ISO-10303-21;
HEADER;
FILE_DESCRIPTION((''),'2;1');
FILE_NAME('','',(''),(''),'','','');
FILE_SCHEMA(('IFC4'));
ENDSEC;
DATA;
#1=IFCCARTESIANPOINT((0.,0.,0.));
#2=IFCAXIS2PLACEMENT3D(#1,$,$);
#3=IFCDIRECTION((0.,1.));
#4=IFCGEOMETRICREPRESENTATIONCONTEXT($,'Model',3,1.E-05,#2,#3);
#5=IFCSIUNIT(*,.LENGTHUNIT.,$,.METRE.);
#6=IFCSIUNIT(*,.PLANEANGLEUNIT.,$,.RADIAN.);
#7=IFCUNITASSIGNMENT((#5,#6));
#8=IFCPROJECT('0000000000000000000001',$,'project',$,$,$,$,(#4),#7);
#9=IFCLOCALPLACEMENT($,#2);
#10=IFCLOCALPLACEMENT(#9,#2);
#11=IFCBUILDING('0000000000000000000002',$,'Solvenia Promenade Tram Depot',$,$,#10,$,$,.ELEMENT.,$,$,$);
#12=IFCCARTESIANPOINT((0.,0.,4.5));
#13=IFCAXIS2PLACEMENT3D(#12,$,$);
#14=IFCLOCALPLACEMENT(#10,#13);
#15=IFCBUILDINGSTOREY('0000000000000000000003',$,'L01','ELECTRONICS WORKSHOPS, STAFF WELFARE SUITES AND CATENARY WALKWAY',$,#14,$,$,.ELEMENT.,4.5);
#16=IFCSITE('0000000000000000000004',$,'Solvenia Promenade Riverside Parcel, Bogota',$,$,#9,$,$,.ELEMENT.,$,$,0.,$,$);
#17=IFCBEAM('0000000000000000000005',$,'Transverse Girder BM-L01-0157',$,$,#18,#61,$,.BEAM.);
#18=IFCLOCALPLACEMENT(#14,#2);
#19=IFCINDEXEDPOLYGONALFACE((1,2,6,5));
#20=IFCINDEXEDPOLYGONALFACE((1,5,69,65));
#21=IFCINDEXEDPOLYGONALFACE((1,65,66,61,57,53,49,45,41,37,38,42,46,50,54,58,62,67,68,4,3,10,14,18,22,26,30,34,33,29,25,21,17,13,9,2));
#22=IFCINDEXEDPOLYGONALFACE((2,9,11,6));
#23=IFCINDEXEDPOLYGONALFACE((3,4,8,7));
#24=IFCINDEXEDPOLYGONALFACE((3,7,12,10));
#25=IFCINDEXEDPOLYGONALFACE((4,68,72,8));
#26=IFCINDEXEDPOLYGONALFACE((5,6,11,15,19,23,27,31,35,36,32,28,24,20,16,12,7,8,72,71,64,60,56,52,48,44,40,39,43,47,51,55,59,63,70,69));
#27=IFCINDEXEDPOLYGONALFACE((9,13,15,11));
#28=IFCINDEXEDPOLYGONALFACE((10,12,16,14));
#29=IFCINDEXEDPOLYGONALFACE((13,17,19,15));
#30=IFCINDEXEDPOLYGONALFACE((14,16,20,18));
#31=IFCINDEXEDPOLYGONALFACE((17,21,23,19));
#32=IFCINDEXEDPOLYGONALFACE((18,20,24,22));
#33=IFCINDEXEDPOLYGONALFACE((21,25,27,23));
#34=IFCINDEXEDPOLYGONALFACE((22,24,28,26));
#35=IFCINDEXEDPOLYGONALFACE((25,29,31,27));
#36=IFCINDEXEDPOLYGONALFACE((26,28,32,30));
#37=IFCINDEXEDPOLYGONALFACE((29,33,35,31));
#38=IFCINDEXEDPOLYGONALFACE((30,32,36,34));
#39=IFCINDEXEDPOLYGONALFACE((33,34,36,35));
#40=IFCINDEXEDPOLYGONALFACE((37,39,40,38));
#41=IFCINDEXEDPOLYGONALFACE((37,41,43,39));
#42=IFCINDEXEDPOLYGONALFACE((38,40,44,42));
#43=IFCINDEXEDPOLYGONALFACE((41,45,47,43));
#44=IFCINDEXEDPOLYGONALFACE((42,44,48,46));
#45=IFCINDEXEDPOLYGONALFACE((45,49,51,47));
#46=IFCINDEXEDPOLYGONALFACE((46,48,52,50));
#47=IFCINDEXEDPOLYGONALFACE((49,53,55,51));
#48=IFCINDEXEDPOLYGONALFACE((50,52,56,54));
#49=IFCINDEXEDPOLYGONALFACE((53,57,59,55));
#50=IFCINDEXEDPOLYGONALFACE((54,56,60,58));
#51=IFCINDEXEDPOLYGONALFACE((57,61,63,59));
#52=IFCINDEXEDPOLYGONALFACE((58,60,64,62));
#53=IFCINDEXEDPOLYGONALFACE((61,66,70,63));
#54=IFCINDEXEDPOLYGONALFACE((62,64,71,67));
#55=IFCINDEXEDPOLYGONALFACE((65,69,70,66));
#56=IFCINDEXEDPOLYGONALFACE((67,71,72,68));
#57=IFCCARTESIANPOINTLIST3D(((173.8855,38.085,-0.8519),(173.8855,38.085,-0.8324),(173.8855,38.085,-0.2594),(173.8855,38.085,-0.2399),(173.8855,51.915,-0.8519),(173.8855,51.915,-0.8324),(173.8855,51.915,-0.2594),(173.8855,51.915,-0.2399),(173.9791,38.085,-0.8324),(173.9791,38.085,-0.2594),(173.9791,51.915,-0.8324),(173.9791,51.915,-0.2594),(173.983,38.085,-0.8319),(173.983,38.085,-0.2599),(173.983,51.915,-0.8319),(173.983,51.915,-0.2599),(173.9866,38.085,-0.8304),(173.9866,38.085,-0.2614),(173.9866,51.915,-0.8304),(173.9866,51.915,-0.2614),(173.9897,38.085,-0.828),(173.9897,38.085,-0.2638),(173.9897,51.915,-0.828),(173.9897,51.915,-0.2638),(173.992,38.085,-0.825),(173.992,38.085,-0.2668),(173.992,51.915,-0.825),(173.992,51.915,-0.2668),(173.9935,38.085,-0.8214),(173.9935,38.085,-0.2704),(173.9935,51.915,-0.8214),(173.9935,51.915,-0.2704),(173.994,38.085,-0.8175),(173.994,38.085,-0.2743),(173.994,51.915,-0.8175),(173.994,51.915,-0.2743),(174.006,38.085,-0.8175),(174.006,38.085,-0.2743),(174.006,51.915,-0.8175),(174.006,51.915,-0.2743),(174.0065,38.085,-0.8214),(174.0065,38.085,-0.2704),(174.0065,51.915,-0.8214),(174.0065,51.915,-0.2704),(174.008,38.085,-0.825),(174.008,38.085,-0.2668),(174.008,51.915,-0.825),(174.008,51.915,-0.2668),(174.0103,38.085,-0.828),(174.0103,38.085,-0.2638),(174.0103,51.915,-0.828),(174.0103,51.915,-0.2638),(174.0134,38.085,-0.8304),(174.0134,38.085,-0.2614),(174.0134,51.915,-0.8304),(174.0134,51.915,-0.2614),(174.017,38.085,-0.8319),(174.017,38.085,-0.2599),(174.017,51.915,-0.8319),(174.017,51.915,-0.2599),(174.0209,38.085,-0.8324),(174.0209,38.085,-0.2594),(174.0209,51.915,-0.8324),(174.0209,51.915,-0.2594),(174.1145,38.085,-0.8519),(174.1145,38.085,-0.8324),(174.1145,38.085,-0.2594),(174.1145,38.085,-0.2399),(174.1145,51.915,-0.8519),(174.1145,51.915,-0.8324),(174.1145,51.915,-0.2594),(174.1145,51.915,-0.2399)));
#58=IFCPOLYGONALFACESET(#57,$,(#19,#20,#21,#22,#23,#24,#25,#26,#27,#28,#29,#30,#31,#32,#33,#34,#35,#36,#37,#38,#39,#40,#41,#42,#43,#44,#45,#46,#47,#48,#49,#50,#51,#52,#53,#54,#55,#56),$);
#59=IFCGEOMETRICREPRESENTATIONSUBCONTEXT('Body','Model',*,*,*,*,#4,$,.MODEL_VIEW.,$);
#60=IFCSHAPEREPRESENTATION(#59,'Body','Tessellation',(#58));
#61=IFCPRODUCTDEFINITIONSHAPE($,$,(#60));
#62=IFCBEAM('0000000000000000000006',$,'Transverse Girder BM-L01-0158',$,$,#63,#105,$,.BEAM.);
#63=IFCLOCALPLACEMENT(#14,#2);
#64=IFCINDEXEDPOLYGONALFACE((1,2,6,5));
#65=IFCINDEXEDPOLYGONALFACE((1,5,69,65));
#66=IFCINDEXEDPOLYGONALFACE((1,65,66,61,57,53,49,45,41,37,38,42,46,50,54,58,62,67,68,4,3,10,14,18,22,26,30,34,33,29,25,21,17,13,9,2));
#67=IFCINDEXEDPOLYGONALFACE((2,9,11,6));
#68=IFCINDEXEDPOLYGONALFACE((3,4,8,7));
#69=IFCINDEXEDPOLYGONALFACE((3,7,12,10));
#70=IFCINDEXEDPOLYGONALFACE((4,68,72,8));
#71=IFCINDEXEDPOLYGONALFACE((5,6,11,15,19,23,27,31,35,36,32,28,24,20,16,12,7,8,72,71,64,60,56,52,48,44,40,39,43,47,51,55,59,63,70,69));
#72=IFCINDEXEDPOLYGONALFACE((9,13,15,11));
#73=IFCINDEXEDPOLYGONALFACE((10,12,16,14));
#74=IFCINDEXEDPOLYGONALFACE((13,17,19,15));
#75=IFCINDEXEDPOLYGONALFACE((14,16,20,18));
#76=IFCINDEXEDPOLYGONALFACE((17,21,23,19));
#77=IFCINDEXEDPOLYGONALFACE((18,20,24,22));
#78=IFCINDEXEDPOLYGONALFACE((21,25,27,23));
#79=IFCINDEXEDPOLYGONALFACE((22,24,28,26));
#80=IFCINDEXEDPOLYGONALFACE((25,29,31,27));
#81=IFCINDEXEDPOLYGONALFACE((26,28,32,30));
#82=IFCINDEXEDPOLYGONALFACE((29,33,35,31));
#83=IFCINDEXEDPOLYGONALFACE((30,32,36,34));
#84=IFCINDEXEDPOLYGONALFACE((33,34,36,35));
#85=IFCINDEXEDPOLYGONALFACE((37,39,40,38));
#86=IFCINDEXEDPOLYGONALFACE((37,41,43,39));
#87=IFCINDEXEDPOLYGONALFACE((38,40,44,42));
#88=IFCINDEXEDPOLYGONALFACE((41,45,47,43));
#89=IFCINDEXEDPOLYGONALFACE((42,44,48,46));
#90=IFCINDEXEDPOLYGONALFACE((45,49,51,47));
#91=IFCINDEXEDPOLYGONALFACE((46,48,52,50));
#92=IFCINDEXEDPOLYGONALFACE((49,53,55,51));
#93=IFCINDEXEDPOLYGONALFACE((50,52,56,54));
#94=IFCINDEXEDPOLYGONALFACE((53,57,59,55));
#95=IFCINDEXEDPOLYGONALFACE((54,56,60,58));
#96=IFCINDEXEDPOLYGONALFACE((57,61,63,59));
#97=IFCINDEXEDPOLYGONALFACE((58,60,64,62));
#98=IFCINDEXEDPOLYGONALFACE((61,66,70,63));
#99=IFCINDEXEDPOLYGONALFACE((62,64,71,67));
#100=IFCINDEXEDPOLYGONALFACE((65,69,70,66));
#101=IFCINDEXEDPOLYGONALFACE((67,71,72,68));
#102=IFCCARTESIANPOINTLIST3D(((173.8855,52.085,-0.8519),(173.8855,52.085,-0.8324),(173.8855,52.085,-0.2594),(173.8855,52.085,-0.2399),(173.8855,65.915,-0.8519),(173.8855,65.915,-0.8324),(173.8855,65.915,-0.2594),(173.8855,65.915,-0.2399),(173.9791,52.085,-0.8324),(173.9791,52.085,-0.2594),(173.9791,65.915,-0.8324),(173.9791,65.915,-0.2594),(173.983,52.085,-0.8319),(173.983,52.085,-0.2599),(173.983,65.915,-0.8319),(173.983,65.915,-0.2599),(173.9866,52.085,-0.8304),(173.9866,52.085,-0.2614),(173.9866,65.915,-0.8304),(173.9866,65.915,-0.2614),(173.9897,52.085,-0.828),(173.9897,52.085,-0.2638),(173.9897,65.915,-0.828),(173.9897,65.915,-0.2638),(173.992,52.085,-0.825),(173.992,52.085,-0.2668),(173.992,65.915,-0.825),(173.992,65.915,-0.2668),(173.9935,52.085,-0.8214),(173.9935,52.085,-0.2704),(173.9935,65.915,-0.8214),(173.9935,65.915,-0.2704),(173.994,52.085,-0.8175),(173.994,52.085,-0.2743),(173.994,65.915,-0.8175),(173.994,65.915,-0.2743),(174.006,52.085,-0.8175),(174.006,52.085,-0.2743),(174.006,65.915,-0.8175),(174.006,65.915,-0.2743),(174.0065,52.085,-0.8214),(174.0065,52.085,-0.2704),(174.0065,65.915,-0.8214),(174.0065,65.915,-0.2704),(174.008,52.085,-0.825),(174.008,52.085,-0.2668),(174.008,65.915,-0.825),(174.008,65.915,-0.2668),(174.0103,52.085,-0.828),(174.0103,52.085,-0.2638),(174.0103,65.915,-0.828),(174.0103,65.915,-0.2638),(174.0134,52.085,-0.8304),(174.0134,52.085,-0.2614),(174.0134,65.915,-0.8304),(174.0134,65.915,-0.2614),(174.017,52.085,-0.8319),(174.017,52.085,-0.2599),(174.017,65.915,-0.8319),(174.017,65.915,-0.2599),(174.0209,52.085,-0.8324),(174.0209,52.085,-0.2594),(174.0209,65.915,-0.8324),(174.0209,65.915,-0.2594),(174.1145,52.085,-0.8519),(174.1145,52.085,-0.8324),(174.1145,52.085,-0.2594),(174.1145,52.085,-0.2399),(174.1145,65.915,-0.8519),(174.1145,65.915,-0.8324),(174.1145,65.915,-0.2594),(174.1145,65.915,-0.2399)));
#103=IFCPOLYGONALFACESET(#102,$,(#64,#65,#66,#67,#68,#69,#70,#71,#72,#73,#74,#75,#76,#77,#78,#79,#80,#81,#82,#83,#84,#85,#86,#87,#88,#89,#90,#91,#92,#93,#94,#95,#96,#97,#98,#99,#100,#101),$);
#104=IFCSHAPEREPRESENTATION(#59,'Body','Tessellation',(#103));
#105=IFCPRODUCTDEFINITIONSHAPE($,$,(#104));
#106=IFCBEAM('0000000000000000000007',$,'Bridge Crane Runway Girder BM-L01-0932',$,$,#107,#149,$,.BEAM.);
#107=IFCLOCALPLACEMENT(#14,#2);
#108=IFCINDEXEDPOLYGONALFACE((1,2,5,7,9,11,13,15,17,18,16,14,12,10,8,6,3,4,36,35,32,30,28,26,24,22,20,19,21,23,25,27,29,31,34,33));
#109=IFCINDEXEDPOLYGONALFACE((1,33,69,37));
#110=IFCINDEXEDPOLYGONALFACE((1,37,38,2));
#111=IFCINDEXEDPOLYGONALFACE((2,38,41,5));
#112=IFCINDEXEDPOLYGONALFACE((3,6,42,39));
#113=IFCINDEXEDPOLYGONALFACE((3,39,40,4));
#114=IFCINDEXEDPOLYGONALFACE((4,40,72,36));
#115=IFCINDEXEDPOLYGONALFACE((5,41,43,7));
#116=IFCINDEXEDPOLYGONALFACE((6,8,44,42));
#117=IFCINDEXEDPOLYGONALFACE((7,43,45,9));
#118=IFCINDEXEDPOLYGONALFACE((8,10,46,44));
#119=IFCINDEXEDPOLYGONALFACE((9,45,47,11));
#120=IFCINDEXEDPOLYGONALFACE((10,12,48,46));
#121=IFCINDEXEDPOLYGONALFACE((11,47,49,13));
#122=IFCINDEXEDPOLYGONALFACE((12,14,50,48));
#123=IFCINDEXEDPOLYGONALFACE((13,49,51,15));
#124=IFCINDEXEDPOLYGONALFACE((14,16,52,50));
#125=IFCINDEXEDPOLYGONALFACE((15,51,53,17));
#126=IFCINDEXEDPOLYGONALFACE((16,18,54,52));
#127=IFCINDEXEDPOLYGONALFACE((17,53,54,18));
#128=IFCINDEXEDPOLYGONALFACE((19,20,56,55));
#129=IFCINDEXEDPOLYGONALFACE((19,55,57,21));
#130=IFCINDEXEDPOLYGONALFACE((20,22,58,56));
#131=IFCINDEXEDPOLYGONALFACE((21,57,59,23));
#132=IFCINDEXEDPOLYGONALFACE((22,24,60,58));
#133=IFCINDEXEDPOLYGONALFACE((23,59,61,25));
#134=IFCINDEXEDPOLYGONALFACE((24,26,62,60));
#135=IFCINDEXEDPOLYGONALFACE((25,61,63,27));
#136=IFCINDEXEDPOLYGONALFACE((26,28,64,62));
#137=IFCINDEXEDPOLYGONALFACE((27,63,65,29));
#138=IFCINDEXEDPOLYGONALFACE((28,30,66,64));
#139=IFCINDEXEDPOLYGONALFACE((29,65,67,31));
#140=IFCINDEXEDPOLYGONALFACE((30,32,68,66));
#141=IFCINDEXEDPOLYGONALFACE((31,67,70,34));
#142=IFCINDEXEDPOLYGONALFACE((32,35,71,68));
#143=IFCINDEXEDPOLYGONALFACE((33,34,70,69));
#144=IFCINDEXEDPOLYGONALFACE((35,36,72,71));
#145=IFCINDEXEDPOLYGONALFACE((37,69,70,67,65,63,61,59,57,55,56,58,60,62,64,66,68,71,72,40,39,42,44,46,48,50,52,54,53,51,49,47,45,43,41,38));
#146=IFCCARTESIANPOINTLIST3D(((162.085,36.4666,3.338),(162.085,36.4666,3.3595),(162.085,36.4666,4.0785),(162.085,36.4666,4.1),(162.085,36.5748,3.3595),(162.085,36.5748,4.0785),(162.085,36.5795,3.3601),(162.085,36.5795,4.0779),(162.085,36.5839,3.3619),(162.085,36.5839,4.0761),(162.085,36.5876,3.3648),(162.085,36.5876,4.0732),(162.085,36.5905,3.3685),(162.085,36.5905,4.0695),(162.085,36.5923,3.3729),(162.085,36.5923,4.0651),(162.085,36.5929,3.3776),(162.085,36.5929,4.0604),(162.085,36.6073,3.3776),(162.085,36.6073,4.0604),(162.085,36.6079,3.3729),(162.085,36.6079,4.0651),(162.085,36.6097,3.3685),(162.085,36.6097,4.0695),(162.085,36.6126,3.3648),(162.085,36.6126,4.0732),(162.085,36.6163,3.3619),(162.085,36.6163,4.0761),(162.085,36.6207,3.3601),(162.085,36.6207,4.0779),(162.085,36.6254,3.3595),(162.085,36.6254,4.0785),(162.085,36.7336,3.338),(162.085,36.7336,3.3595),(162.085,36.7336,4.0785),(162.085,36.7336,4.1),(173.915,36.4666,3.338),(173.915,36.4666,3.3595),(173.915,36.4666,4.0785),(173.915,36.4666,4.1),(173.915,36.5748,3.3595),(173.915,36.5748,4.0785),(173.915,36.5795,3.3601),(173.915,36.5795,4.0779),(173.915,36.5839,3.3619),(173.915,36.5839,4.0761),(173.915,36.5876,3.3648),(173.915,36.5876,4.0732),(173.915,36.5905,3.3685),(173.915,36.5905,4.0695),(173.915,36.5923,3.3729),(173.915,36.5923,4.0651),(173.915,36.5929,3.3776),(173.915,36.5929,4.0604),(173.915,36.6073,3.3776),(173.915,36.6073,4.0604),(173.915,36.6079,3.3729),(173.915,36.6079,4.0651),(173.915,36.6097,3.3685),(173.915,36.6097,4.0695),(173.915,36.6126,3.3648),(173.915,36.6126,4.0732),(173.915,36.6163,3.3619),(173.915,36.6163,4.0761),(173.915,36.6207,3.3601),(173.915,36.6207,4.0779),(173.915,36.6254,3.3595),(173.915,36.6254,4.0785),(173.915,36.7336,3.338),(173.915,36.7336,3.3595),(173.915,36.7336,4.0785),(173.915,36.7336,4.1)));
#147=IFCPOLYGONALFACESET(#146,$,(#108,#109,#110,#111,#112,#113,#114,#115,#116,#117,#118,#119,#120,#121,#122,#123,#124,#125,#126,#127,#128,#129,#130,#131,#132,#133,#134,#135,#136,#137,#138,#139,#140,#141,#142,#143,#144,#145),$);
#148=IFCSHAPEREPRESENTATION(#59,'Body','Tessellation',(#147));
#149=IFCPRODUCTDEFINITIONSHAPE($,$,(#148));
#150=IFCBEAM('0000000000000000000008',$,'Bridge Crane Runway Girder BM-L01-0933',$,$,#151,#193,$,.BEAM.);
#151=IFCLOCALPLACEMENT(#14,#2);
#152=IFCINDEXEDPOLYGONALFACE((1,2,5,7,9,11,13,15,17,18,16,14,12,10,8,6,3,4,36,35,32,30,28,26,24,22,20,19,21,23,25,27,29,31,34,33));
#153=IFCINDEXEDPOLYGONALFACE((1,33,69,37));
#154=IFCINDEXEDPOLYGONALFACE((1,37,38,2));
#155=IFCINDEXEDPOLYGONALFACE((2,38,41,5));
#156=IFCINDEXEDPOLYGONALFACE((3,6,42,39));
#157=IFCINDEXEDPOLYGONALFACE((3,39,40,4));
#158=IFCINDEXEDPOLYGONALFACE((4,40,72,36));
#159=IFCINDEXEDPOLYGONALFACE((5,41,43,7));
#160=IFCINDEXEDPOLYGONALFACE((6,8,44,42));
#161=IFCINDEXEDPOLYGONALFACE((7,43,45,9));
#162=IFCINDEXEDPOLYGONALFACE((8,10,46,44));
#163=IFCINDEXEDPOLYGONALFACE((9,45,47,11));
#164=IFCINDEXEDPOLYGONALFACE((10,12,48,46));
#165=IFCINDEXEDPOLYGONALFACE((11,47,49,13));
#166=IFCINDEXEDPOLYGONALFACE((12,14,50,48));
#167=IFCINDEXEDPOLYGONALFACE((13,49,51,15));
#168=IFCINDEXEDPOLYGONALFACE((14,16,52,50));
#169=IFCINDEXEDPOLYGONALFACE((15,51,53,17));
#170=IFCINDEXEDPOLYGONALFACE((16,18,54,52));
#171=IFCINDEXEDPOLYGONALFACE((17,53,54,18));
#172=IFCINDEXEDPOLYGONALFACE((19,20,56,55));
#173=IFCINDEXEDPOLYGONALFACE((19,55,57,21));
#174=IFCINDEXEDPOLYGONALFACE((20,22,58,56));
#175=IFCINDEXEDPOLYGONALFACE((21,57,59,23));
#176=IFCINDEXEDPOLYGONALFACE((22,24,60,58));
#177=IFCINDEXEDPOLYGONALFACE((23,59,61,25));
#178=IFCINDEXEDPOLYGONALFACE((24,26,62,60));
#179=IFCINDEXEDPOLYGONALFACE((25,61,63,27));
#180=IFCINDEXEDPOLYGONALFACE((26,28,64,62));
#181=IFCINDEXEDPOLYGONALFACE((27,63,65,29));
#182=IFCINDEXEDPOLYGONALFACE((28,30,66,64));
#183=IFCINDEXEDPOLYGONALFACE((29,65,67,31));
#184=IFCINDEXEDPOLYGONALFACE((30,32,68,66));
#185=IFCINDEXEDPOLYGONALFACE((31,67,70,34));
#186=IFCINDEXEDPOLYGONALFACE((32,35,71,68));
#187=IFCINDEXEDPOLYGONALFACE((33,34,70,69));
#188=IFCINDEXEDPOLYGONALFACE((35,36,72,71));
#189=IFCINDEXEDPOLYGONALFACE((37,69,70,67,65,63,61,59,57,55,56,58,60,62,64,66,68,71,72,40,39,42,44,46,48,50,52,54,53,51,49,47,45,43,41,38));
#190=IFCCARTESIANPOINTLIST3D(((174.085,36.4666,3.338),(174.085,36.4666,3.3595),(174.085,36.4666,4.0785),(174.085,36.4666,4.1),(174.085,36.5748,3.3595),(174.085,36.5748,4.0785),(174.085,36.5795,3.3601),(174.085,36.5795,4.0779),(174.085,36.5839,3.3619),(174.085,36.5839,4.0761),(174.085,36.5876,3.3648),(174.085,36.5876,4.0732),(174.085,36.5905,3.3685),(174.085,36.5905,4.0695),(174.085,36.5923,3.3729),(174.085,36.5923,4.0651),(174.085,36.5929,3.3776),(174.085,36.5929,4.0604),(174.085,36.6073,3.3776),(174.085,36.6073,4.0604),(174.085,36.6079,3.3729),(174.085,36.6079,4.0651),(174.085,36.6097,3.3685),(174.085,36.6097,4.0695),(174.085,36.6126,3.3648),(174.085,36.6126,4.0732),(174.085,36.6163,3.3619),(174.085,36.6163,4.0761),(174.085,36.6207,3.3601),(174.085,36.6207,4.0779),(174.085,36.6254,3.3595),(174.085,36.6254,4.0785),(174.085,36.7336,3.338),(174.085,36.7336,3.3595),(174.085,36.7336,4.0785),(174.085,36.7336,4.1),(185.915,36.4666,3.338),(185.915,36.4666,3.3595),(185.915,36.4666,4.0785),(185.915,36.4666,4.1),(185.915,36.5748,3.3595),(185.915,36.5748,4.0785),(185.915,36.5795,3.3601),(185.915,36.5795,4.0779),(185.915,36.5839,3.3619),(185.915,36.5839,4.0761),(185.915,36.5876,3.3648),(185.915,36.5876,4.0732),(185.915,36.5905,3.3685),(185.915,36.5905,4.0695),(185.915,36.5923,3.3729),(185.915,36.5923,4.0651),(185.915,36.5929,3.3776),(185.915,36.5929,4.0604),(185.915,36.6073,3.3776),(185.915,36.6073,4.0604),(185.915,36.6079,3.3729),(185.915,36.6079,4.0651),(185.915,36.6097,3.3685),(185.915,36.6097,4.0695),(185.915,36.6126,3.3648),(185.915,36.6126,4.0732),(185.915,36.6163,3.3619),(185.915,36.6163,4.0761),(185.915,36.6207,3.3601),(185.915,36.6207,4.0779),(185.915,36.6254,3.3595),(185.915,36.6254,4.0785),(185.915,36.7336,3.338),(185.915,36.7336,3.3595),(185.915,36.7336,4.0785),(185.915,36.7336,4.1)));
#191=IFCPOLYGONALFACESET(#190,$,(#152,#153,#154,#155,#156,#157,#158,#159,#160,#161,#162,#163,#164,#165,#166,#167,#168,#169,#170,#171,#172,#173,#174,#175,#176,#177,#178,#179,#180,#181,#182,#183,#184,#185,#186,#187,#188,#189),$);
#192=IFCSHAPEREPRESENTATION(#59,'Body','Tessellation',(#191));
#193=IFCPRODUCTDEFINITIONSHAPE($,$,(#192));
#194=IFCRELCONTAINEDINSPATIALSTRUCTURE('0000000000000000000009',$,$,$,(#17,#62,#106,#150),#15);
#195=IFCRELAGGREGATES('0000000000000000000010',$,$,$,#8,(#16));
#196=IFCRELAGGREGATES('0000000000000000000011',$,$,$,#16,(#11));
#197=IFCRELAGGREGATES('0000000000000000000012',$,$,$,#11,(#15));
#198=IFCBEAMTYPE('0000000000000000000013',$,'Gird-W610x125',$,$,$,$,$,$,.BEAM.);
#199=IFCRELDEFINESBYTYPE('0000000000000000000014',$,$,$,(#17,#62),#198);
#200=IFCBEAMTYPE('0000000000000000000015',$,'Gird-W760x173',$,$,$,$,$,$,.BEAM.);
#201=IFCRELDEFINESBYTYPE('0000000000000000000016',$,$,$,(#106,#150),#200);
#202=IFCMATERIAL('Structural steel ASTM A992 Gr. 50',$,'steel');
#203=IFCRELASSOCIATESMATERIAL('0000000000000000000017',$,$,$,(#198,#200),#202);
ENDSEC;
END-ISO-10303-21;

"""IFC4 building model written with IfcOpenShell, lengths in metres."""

from ifc_helpers import new_model, si_unit, direction, frame, origin, origin_2d, place, context, subcontext, project, spatial, i_section, extrude, material, material_profile, profile_set, type_object, element, save


model = new_model("IFC4")

# Units and contexts
model_context = context("Model", 3, precision=1e-05, world=origin(), true_north=direction((0.0, 1.0)))
body_context = subcontext(model_context, "Body", "Model", "MODEL_VIEW")
ifc_project = project(units=[si_unit("LENGTHUNIT", "METRE"), si_unit("PLANEANGLEUNIT", "RADIAN")], contexts=[model_context])

# Site, building, storey
site_placement = place(None, origin())
site = spatial("IfcSite", under=ifc_project, at=site_placement, Name="Solvenia Promenade Riverside Parcel, Bogota", CompositionType="ELEMENT", RefElevation=0.0)
building_placement = place(site_placement, origin())
building = spatial("IfcBuilding", under=site, at=building_placement, Name="Solvenia Promenade Tram Depot", CompositionType="ELEMENT")
storey_placement = place(building_placement, frame((0.0, 0.0, 4.5)))
storey = spatial("IfcBuildingStorey", under=building, at=storey_placement, Name="L01", Description="ELECTRONICS WORKSHOPS, STAFF WELFARE SUITES AND CATENARY WALKWAY", CompositionType="ELEMENT", Elevation=4.5)

# Shared definitions
ifc_material_1 = material(Name="Structural steel ASTM A992 Gr. 50", Category="steel")

# Beams
ifc_material_profile_1 = material_profile(ifc_material_1, i_section(OverallWidth=0.229, OverallDepth=0.6121, WebThickness=0.012, FlangeThickness=0.0195, FilletRadius=0.0149, at=origin_2d()), Name="W610x125", Category="steel")
ifc_profile_set_1 = profile_set([ifc_material_profile_1], Name="Structural steel ASTM A992 Gr. 50")
beam_type_1 = type_object("IfcBeamType", Name="Gird-W610x125", PredefinedType="BEAM", material=ifc_profile_set_1)
for number, where, z_axis, x_axis, name in (
    (1, (174.0, 38.085, -0.5459), (0.0, 1.0, 0.0), (-1.0, 0.0, 0.0), "Transverse Girder BM-L01-0157"),
    (2, (174.0, 52.085, -0.5459), (0.0, 1.0, 0.0), (-1.0, 0.0, 0.0), "Transverse Girder BM-L01-0158"),
):
    element("IfcBeam", number, at=place(storey_placement, frame(where, z_axis=z_axis, x_axis=x_axis)), inside=storey, type_object=beam_type_1, Name=name, PredefinedType="BEAM", context=body_context, shape_type="SweptSolid", body=[
        extrude(i_section(OverallWidth=0.229, OverallDepth=0.6121, WebThickness=0.012, FlangeThickness=0.0195, FilletRadius=0.0149, at=origin_2d()), origin(), (0.0, 0.0, 1.0), 13.8301),
    ])
ifc_material_profile_2 = material_profile(ifc_material_1, i_section(OverallWidth=0.2671, OverallDepth=0.762, WebThickness=0.0144, FlangeThickness=0.0215, FilletRadius=0.0181, at=origin_2d()), Name="W760x173", Category="steel")
ifc_profile_set_2 = profile_set([ifc_material_profile_2], Name="Structural steel ASTM A992 Gr. 50")
beam_type_2 = type_object("IfcBeamType", Name="Gird-W760x173", PredefinedType="BEAM", material=ifc_profile_set_2)
for number, where, z_axis, x_axis, name in (
    (3, (162.085, 36.6001, 3.719), (1.0, 0.0, 0.0), (0.0, 1.0, 0.0), "Bridge Crane Runway Girder BM-L01-0932"),
    (4, (174.085, 36.6001, 3.719), (1.0, 0.0, 0.0), (0.0, 1.0, 0.0), "Bridge Crane Runway Girder BM-L01-0933"),
):
    element("IfcBeam", number, at=place(storey_placement, frame(where, z_axis=z_axis, x_axis=x_axis)), inside=storey, type_object=beam_type_2, Name=name, PredefinedType="BEAM", context=body_context, shape_type="SweptSolid", body=[
        extrude(i_section(OverallWidth=0.2671, OverallDepth=0.762, WebThickness=0.0144, FlangeThickness=0.0215, FilletRadius=0.0181, at=origin_2d()), origin(), (0.0, 0.0, 1.0), 11.8301),
    ])

save(model, "model.ifc")
